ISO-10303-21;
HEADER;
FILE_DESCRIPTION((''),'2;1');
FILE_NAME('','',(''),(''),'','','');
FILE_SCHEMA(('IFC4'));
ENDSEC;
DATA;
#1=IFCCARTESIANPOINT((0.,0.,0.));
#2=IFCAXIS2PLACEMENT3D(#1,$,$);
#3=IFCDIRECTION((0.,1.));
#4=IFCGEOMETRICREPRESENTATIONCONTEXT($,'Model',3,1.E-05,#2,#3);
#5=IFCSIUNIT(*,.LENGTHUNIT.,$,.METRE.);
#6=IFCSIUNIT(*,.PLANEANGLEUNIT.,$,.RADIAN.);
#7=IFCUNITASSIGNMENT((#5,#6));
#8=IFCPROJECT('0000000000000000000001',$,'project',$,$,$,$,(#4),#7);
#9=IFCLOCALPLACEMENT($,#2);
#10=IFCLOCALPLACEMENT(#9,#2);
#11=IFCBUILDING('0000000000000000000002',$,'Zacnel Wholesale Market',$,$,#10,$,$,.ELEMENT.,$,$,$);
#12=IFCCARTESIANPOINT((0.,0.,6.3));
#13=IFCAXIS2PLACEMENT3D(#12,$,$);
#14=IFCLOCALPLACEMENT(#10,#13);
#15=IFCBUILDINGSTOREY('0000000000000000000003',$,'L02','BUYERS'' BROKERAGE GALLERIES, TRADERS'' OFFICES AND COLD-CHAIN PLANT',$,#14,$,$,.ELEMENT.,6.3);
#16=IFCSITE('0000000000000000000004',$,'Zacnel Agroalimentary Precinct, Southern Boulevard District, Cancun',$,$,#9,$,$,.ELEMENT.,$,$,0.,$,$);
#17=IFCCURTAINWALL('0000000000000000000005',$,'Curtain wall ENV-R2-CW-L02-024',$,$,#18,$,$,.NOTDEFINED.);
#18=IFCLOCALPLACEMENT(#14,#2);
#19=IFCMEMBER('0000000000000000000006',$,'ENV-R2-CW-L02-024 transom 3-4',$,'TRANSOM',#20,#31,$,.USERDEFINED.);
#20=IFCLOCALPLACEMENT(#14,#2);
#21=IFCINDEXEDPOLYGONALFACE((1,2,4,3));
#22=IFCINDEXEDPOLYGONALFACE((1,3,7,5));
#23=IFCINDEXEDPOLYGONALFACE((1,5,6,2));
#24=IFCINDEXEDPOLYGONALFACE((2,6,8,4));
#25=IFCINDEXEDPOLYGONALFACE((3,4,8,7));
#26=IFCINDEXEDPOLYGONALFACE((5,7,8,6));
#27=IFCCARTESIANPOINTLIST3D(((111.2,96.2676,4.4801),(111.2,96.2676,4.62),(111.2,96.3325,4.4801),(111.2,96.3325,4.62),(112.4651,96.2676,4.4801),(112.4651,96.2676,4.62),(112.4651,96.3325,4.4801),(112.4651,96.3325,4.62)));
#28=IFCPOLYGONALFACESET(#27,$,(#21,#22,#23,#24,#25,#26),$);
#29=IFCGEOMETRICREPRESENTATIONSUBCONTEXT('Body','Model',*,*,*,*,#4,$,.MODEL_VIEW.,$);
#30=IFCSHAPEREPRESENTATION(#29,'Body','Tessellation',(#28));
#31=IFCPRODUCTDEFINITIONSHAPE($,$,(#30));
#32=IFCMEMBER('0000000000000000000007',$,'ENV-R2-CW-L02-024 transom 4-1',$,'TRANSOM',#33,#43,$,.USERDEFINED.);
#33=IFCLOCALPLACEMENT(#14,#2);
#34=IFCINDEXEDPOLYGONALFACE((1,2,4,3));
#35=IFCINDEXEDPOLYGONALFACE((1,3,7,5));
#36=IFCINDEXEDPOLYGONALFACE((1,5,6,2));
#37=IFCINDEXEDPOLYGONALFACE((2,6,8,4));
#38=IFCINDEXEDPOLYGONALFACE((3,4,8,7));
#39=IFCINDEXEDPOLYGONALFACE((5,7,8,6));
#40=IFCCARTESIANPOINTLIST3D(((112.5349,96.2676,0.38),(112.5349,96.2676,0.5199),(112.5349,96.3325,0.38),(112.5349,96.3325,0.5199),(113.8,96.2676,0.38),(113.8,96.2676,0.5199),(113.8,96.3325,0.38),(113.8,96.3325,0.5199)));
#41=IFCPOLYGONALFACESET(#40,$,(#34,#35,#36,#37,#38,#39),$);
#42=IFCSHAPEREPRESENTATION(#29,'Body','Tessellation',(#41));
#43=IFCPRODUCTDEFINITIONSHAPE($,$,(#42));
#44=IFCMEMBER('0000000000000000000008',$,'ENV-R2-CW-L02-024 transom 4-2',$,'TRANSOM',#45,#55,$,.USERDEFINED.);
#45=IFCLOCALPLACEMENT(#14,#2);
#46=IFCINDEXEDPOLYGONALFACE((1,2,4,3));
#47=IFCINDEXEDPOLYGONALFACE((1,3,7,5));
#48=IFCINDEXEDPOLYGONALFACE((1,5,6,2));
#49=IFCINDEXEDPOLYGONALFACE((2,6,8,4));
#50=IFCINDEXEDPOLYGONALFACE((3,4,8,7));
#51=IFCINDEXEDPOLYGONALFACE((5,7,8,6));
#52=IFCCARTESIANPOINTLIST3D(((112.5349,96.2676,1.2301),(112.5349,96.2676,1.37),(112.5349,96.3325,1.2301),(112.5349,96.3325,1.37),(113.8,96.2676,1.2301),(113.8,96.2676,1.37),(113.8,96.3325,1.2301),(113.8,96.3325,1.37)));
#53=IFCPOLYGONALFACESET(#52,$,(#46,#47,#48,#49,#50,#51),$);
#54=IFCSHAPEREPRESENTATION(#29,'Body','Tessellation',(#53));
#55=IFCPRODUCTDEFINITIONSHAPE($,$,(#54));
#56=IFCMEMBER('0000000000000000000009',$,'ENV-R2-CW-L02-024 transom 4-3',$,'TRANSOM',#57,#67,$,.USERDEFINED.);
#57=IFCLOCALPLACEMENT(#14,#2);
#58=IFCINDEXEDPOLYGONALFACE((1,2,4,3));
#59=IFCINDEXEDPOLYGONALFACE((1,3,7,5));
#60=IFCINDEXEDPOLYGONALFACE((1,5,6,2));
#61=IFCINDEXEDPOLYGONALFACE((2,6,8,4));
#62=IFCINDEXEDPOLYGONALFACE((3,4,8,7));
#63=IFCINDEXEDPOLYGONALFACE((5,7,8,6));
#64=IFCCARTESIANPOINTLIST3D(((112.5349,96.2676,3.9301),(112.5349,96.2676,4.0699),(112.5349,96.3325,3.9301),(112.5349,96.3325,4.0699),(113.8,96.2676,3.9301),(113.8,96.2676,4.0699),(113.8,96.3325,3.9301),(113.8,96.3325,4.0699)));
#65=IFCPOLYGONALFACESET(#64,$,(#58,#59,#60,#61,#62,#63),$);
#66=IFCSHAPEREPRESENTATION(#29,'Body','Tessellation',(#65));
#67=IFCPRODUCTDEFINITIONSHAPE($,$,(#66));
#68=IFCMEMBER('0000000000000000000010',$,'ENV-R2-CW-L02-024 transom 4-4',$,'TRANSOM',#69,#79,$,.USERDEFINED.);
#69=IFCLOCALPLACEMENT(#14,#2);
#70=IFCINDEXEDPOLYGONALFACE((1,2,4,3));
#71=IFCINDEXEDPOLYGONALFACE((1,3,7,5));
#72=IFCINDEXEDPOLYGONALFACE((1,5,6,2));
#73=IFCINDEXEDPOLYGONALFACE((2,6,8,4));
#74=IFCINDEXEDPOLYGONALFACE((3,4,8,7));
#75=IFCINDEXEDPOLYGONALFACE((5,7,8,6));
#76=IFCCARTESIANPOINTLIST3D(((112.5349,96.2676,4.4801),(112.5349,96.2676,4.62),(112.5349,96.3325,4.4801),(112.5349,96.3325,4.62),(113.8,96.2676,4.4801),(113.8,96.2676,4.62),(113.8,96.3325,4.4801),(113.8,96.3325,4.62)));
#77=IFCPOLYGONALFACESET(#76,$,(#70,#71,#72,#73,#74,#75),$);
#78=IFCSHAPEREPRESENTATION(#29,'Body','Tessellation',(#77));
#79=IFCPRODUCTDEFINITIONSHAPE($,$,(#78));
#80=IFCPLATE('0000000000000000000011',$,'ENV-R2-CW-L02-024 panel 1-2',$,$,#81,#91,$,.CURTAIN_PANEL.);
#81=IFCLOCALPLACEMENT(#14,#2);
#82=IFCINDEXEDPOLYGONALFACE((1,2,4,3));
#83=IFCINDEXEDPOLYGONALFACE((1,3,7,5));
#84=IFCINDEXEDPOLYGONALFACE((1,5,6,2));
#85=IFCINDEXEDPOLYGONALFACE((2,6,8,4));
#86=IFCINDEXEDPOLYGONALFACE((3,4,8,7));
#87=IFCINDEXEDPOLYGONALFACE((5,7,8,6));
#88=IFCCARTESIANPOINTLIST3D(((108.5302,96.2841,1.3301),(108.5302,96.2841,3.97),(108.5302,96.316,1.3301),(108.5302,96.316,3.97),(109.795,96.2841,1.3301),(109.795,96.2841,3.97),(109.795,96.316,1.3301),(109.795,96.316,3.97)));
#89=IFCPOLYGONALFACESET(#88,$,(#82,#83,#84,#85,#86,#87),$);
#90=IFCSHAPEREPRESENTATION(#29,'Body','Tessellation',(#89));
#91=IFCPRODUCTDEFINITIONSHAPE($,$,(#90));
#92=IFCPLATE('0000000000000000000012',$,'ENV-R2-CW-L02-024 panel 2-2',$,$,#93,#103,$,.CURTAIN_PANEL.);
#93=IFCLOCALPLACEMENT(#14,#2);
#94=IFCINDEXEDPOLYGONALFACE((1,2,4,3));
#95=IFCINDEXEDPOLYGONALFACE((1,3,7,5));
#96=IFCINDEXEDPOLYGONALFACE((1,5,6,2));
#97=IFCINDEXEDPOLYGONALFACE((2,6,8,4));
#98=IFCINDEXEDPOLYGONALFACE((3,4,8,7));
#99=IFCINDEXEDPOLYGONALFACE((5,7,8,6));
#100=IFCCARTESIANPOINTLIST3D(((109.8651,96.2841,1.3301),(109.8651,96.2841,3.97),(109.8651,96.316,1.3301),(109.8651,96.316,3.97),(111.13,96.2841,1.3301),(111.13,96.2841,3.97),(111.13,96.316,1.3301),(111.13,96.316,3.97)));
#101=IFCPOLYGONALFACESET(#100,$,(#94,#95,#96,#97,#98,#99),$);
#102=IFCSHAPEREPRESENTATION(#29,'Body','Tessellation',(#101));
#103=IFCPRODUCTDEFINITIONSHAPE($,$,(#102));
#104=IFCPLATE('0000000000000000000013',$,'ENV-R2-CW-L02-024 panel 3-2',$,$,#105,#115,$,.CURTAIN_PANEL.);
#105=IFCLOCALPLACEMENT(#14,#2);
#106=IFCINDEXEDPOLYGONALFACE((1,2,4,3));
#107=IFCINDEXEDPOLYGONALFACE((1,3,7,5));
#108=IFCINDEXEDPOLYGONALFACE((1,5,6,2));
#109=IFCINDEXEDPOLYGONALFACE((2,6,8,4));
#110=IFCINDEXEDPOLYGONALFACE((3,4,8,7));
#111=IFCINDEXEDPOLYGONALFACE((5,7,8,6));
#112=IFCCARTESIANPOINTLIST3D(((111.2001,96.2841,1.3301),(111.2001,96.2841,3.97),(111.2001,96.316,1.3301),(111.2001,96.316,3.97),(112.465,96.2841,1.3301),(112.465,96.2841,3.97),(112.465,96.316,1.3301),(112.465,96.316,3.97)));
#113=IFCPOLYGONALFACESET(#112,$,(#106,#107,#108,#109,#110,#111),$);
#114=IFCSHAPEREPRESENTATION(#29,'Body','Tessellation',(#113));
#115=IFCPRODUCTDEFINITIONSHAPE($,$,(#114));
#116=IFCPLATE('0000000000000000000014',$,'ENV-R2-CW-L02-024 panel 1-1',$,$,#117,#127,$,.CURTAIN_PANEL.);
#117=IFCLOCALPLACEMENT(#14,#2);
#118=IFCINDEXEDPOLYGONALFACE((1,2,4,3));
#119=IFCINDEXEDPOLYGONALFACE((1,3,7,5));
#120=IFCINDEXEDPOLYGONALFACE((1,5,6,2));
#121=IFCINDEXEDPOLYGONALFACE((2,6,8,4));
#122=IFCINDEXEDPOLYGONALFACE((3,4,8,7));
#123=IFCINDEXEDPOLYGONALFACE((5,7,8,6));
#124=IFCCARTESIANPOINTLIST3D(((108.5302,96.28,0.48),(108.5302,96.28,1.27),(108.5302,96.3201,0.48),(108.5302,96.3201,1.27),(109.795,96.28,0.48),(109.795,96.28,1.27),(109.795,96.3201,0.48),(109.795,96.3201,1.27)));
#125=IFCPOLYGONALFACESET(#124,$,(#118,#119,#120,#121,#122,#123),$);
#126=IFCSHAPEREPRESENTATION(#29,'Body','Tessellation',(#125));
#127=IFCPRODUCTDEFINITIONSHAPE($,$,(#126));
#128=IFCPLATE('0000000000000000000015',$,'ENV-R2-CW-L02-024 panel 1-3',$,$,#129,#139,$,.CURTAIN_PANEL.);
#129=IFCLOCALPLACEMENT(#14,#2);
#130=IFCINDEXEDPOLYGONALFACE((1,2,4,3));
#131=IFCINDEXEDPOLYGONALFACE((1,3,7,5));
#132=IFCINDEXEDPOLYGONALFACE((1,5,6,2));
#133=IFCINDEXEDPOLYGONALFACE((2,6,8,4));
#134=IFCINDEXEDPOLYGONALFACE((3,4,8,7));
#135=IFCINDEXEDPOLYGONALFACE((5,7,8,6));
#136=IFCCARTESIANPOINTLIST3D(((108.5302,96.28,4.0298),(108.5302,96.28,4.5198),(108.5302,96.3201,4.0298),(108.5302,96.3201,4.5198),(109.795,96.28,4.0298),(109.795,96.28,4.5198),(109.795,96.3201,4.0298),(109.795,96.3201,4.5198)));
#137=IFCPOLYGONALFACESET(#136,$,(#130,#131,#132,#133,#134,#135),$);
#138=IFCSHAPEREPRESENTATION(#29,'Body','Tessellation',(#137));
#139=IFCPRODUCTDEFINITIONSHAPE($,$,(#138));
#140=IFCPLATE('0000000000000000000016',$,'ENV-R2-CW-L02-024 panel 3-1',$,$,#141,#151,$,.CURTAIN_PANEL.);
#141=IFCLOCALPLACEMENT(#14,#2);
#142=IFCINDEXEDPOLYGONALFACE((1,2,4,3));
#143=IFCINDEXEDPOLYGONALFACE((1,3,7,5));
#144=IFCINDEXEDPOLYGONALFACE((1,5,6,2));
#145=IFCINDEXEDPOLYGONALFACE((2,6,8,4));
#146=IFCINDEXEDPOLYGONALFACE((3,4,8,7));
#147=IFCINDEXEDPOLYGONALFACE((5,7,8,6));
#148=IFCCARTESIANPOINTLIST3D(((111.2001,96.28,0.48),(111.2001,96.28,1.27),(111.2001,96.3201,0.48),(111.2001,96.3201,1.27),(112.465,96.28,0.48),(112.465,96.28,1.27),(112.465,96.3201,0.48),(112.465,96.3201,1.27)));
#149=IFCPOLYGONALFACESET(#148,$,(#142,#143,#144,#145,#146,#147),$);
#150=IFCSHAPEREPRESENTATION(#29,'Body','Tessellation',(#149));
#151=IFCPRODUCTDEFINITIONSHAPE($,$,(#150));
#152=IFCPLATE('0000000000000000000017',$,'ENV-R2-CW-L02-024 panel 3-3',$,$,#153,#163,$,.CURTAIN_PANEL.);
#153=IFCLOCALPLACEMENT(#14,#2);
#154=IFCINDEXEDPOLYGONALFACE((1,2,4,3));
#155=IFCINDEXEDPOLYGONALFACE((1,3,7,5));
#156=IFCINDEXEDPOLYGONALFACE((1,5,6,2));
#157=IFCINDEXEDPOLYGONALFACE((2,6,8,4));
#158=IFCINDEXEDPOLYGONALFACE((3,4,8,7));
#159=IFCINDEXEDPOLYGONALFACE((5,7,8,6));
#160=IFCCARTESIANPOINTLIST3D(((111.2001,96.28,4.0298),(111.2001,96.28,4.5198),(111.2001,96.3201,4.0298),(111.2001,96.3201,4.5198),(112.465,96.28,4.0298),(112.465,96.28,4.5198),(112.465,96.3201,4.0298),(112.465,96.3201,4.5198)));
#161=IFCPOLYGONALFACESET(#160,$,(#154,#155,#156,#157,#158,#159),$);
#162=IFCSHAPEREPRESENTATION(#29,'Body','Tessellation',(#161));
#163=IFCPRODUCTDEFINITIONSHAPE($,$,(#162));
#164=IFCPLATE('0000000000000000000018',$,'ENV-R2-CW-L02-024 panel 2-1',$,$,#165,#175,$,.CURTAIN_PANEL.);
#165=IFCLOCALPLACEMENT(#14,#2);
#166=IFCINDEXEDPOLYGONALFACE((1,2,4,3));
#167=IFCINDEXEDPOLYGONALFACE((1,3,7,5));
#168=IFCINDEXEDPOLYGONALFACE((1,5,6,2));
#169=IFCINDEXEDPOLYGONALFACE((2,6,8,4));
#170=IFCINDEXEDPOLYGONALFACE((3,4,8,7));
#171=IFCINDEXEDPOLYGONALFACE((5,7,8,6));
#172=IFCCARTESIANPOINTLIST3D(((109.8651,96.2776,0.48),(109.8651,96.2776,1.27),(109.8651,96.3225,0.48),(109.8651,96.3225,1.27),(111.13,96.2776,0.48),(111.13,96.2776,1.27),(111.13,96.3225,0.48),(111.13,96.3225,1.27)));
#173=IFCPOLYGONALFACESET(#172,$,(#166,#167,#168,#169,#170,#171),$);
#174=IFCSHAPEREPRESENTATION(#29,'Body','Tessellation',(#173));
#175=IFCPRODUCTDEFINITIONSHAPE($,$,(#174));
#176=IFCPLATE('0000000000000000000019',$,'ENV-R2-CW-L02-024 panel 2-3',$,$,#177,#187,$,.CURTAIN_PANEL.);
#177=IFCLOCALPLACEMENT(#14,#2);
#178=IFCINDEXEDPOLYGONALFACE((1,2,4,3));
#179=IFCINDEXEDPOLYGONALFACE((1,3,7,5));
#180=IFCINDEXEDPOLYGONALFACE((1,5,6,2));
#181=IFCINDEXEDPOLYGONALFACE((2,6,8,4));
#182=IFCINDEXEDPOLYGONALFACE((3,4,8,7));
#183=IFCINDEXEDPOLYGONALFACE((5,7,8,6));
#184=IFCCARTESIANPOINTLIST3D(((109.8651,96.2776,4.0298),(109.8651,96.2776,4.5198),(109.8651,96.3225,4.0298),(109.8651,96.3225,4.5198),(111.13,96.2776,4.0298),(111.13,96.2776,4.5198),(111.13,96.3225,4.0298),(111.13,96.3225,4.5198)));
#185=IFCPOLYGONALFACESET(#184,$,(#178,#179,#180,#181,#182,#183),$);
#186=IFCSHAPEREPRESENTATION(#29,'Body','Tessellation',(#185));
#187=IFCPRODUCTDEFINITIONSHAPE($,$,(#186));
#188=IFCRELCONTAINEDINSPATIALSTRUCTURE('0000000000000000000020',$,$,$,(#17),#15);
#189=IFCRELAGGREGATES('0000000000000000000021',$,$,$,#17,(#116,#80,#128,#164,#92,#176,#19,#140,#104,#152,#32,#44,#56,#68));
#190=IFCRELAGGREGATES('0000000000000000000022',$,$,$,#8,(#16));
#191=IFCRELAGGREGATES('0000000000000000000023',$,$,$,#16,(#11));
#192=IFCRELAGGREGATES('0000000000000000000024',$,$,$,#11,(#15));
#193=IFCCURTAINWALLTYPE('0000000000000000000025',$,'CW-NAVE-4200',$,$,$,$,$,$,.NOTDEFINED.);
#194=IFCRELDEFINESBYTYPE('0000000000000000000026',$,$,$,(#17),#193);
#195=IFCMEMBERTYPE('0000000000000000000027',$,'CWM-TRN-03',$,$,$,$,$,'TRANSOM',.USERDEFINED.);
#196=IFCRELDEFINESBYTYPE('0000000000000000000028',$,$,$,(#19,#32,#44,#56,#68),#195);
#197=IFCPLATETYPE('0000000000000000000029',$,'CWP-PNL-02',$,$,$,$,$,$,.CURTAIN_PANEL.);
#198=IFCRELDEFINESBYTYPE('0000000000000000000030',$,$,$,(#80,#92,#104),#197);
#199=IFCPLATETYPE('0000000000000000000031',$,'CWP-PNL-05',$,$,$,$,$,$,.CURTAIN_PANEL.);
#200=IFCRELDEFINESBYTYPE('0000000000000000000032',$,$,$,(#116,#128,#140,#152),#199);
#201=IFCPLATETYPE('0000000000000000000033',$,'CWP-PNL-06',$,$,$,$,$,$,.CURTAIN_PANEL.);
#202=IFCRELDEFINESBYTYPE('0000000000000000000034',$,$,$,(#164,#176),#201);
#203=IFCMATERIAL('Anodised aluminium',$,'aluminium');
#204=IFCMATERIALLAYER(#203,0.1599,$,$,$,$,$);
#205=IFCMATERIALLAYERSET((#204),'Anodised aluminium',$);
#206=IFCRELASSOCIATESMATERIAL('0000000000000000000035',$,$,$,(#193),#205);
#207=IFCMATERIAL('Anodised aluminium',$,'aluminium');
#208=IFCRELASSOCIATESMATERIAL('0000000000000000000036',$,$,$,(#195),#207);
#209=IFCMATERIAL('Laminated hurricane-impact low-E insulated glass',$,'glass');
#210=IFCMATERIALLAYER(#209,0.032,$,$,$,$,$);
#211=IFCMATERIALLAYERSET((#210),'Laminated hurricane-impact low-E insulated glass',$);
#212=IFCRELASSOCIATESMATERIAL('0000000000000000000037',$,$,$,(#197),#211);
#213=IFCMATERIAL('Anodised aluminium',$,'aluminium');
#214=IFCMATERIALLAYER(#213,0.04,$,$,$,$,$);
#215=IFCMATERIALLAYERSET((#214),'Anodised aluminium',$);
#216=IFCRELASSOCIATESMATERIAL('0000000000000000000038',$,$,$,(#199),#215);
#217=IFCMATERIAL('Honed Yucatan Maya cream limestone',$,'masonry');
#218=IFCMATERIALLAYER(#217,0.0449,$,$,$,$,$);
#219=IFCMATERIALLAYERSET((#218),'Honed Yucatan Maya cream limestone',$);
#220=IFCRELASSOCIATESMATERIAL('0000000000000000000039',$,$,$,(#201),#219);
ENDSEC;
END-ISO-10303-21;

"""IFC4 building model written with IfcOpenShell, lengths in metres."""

from ifc_helpers import new_model, si_unit, direction, frame, origin, origin_2d, place, context, subcontext, project, spatial, rectangle, extrude, material, layer, layer_set, material_profile, profile_set, type_object, element, aggregate, save


model = new_model("IFC4")

# Units and contexts
model_context = context("Model", 3, precision=1e-05, world=origin(), true_north=direction((0.0, 1.0)))
body_context = subcontext(model_context, "Body", "Model", "MODEL_VIEW")
ifc_project = project(units=[si_unit("LENGTHUNIT", "METRE"), si_unit("PLANEANGLEUNIT", "RADIAN")], contexts=[model_context])

# Site, building, storey
site_placement = place(None, origin())
site = spatial("IfcSite", under=ifc_project, at=site_placement, Name="Zacnel Agroalimentary Precinct, Southern Boulevard District, Cancun", CompositionType="ELEMENT", RefElevation=0.0)
building_placement = place(site_placement, origin())
building = spatial("IfcBuilding", under=site, at=building_placement, Name="Zacnel Wholesale Market", CompositionType="ELEMENT")
storey_placement = place(building_placement, frame((0.0, 0.0, 6.3)))
storey = spatial("IfcBuildingStorey", under=building, at=storey_placement, Name="L02", Description="BUYERS' BROKERAGE GALLERIES, TRADERS' OFFICES AND COLD-CHAIN PLANT", CompositionType="ELEMENT", Elevation=6.3)

# Curtain wall, members, plates
ifc_material_1 = material(Name="Anodised aluminium", Category="aluminium")
ifc_layer_1 = layer(ifc_material_1, 0.1599)
ifc_layer_set_1 = layer_set([ifc_layer_1], Name="Anodised aluminium")
curtain_wall_type = type_object("IfcCurtainWallType", Name="CW-NAVE-4200", PredefinedType="NOTDEFINED", material=ifc_layer_set_1)
curtain_wall_placement = place(storey_placement, origin())
curtain_wall = element("IfcCurtainWall", 1, at=curtain_wall_placement, inside=storey, type_object=curtain_wall_type, Name="Curtain wall ENV-R2-CW-L02-024", PredefinedType="NOTDEFINED")
ifc_material_2 = material(Name="Anodised aluminium", Category="aluminium")
ifc_material_profile_1 = material_profile(ifc_material_2, rectangle(XDim=0.0649, YDim=0.1399, at=origin_2d()), Name="AW-TRANSOM 65x140")
ifc_profile_set_1 = profile_set([ifc_material_profile_1], Name="Anodised aluminium")
member_type_1 = type_object("IfcMemberType", Name="CWM-TRN-03", ElementType="TRANSOM", PredefinedType="USERDEFINED", material=ifc_profile_set_1)
member_1_placement = place(storey_placement, frame((111.2, 96.3, 4.55), z_axis=(1.0, 0.0, 0.0), x_axis=(0.0, 1.0, 0.0)))
member_1 = element("IfcMember", 2, at=member_1_placement, type_object=member_type_1, Name="ENV-R2-CW-L02-024 transom 3-4", ObjectType="TRANSOM", PredefinedType="USERDEFINED", context=body_context, shape_type="SweptSolid", body=[
    extrude(rectangle(XDim=0.0649, YDim=0.1399, at=origin_2d()), origin(), (0.0, 0.0, 1.0), 1.2651),
])
member_2_placement = place(storey_placement, frame((112.5349, 96.3, 0.45), z_axis=(1.0, 0.0, 0.0), x_axis=(0.0, 1.0, 0.0)))
member_2 = element("IfcMember", 3, at=member_2_placement, type_object=member_type_1, Name="ENV-R2-CW-L02-024 transom 4-1", ObjectType="TRANSOM", PredefinedType="USERDEFINED", context=body_context, shape_type="SweptSolid", body=[
    extrude(rectangle(XDim=0.0649, YDim=0.1399, at=origin_2d()), origin(), (0.0, 0.0, 1.0), 1.2651),
])
member_3_placement = place(storey_placement, frame((112.5349, 96.3, 1.3), z_axis=(1.0, 0.0, 0.0), x_axis=(0.0, 1.0, 0.0)))
member_3 = element("IfcMember", 4, at=member_3_placement, type_object=member_type_1, Name="ENV-R2-CW-L02-024 transom 4-2", ObjectType="TRANSOM", PredefinedType="USERDEFINED", context=body_context, shape_type="SweptSolid", body=[
    extrude(rectangle(XDim=0.0649, YDim=0.1399, at=origin_2d()), origin(), (0.0, 0.0, 1.0), 1.2651),
])
member_4_placement = place(storey_placement, frame((112.5349, 96.3, 4.0), z_axis=(1.0, 0.0, 0.0), x_axis=(0.0, 1.0, 0.0)))
member_4 = element("IfcMember", 5, at=member_4_placement, type_object=member_type_1, Name="ENV-R2-CW-L02-024 transom 4-3", ObjectType="TRANSOM", PredefinedType="USERDEFINED", context=body_context, shape_type="SweptSolid", body=[
    extrude(rectangle(XDim=0.0649, YDim=0.1399, at=origin_2d()), origin(), (0.0, 0.0, 1.0), 1.2651),
])
member_5_placement = place(storey_placement, frame((112.5349, 96.3, 4.55), z_axis=(1.0, 0.0, 0.0), x_axis=(0.0, 1.0, 0.0)))
member_5 = element("IfcMember", 6, at=member_5_placement, type_object=member_type_1, Name="ENV-R2-CW-L02-024 transom 4-4", ObjectType="TRANSOM", PredefinedType="USERDEFINED", context=body_context, shape_type="SweptSolid", body=[
    extrude(rectangle(XDim=0.0649, YDim=0.1399, at=origin_2d()), origin(), (0.0, 0.0, 1.0), 1.2651),
])
ifc_material_3 = material(Name="Laminated hurricane-impact low-E insulated glass", Category="glass")
ifc_layer_2 = layer(ifc_material_3, 0.032)
ifc_layer_set_2 = layer_set([ifc_layer_2], Name="Laminated hurricane-impact low-E insulated glass")
plate_type_1 = type_object("IfcPlateType", Name="CWP-PNL-02", PredefinedType="CURTAIN_PANEL", material=ifc_layer_set_2)
plate_1_placement = place(storey_placement, frame((109.1626, 96.3, 1.3301), z_axis=(0.0, 0.0, 1.0), x_axis=(1.0, 0.0, 0.0)))
plate_1 = element("IfcPlate", 7, at=plate_1_placement, type_object=plate_type_1, Name="ENV-R2-CW-L02-024 panel 1-2", PredefinedType="CURTAIN_PANEL", context=body_context, shape_type="SweptSolid", body=[
    extrude(rectangle(XDim=1.2649, YDim=0.032, at=origin_2d()), origin(), (0.0, 0.0, 1.0), 2.6399),
])
plate_2_placement = place(storey_placement, frame((110.4976, 96.3, 1.3301), z_axis=(0.0, 0.0, 1.0), x_axis=(1.0, 0.0, 0.0)))
plate_2 = element("IfcPlate", 8, at=plate_2_placement, type_object=plate_type_1, Name="ENV-R2-CW-L02-024 panel 2-2", PredefinedType="CURTAIN_PANEL", context=body_context, shape_type="SweptSolid", body=[
    extrude(rectangle(XDim=1.2649, YDim=0.032, at=origin_2d()), origin(), (0.0, 0.0, 1.0), 2.6399),
])
plate_3_placement = place(storey_placement, frame((111.8325, 96.3, 1.3301), z_axis=(0.0, 0.0, 1.0), x_axis=(1.0, 0.0, 0.0)))
plate_3 = element("IfcPlate", 9, at=plate_3_placement, type_object=plate_type_1, Name="ENV-R2-CW-L02-024 panel 3-2", PredefinedType="CURTAIN_PANEL", context=body_context, shape_type="SweptSolid", body=[
    extrude(rectangle(XDim=1.2649, YDim=0.032, at=origin_2d()), origin(), (0.0, 0.0, 1.0), 2.6399),
])
ifc_material_4 = material(Name="Anodised aluminium", Category="aluminium")
ifc_layer_3 = layer(ifc_material_4, 0.04)
ifc_layer_set_3 = layer_set([ifc_layer_3], Name="Anodised aluminium")
plate_type_2 = type_object("IfcPlateType", Name="CWP-PNL-05", PredefinedType="CURTAIN_PANEL", material=ifc_layer_set_3)
plate_4_placement = place(storey_placement, frame((109.1626, 96.3, 0.48), z_axis=(0.0, 0.0, 1.0), x_axis=(1.0, 0.0, 0.0)))
plate_4 = element("IfcPlate", 10, at=plate_4_placement, type_object=plate_type_2, Name="ENV-R2-CW-L02-024 panel 1-1", PredefinedType="CURTAIN_PANEL", context=body_context, shape_type="SweptSolid", body=[
    extrude(rectangle(XDim=1.2649, YDim=0.04, at=origin_2d()), origin(), (0.0, 0.0, 1.0), 0.79),
])
plate_5_placement = place(storey_placement, frame((109.1626, 96.3, 4.0298), z_axis=(0.0, 0.0, 1.0), x_axis=(1.0, 0.0, 0.0)))
plate_5 = element("IfcPlate", 11, at=plate_5_placement, type_object=plate_type_2, Name="ENV-R2-CW-L02-024 panel 1-3", PredefinedType="CURTAIN_PANEL", context=body_context, shape_type="SweptSolid", body=[
    extrude(rectangle(XDim=1.2649, YDim=0.04, at=origin_2d()), origin(), (0.0, 0.0, 1.0), 0.49),
])
plate_6_placement = place(storey_placement, frame((111.8325, 96.3, 0.48), z_axis=(0.0, 0.0, 1.0), x_axis=(1.0, 0.0, 0.0)))
plate_6 = element("IfcPlate", 12, at=plate_6_placement, type_object=plate_type_2, Name="ENV-R2-CW-L02-024 panel 3-1", PredefinedType="CURTAIN_PANEL", context=body_context, shape_type="SweptSolid", body=[
    extrude(rectangle(XDim=1.2649, YDim=0.04, at=origin_2d()), origin(), (0.0, 0.0, 1.0), 0.79),
])
plate_7_placement = place(storey_placement, frame((111.8325, 96.3, 4.0298), z_axis=(0.0, 0.0, 1.0), x_axis=(1.0, 0.0, 0.0)))
plate_7 = element("IfcPlate", 13, at=plate_7_placement, type_object=plate_type_2, Name="ENV-R2-CW-L02-024 panel 3-3", PredefinedType="CURTAIN_PANEL", context=body_context, shape_type="SweptSolid", body=[
    extrude(rectangle(XDim=1.2649, YDim=0.04, at=origin_2d()), origin(), (0.0, 0.0, 1.0), 0.49),
])
ifc_material_5 = material(Name="Honed Yucatan Maya cream limestone", Category="masonry")
ifc_layer_4 = layer(ifc_material_5, 0.0449)
ifc_layer_set_4 = layer_set([ifc_layer_4], Name="Honed Yucatan Maya cream limestone")
plate_type_3 = type_object("IfcPlateType", Name="CWP-PNL-06", PredefinedType="CURTAIN_PANEL", material=ifc_layer_set_4)
plate_8_placement = place(storey_placement, frame((110.4976, 96.3, 0.48), z_axis=(0.0, 0.0, 1.0), x_axis=(1.0, 0.0, 0.0)))
plate_8 = element("IfcPlate", 14, at=plate_8_placement, type_object=plate_type_3, Name="ENV-R2-CW-L02-024 panel 2-1", PredefinedType="CURTAIN_PANEL", context=body_context, shape_type="SweptSolid", body=[
    extrude(rectangle(XDim=1.2649, YDim=0.0449, at=origin_2d()), origin(), (0.0, 0.0, 1.0), 0.79),
])
plate_9_placement = place(storey_placement, frame((110.4976, 96.3, 4.0298), z_axis=(0.0, 0.0, 1.0), x_axis=(1.0, 0.0, 0.0)))
plate_9 = element("IfcPlate", 15, at=plate_9_placement, type_object=plate_type_3, Name="ENV-R2-CW-L02-024 panel 2-3", PredefinedType="CURTAIN_PANEL", context=body_context, shape_type="SweptSolid", body=[
    extrude(rectangle(XDim=1.2649, YDim=0.0449, at=origin_2d()), origin(), (0.0, 0.0, 1.0), 0.49),
])
aggregate(curtain_wall, [plate_4, plate_1, plate_5, plate_8, plate_2, plate_9, member_1, plate_6, plate_3, plate_7, member_2, member_3, member_4, member_5])

save(model, "model.ifc")
